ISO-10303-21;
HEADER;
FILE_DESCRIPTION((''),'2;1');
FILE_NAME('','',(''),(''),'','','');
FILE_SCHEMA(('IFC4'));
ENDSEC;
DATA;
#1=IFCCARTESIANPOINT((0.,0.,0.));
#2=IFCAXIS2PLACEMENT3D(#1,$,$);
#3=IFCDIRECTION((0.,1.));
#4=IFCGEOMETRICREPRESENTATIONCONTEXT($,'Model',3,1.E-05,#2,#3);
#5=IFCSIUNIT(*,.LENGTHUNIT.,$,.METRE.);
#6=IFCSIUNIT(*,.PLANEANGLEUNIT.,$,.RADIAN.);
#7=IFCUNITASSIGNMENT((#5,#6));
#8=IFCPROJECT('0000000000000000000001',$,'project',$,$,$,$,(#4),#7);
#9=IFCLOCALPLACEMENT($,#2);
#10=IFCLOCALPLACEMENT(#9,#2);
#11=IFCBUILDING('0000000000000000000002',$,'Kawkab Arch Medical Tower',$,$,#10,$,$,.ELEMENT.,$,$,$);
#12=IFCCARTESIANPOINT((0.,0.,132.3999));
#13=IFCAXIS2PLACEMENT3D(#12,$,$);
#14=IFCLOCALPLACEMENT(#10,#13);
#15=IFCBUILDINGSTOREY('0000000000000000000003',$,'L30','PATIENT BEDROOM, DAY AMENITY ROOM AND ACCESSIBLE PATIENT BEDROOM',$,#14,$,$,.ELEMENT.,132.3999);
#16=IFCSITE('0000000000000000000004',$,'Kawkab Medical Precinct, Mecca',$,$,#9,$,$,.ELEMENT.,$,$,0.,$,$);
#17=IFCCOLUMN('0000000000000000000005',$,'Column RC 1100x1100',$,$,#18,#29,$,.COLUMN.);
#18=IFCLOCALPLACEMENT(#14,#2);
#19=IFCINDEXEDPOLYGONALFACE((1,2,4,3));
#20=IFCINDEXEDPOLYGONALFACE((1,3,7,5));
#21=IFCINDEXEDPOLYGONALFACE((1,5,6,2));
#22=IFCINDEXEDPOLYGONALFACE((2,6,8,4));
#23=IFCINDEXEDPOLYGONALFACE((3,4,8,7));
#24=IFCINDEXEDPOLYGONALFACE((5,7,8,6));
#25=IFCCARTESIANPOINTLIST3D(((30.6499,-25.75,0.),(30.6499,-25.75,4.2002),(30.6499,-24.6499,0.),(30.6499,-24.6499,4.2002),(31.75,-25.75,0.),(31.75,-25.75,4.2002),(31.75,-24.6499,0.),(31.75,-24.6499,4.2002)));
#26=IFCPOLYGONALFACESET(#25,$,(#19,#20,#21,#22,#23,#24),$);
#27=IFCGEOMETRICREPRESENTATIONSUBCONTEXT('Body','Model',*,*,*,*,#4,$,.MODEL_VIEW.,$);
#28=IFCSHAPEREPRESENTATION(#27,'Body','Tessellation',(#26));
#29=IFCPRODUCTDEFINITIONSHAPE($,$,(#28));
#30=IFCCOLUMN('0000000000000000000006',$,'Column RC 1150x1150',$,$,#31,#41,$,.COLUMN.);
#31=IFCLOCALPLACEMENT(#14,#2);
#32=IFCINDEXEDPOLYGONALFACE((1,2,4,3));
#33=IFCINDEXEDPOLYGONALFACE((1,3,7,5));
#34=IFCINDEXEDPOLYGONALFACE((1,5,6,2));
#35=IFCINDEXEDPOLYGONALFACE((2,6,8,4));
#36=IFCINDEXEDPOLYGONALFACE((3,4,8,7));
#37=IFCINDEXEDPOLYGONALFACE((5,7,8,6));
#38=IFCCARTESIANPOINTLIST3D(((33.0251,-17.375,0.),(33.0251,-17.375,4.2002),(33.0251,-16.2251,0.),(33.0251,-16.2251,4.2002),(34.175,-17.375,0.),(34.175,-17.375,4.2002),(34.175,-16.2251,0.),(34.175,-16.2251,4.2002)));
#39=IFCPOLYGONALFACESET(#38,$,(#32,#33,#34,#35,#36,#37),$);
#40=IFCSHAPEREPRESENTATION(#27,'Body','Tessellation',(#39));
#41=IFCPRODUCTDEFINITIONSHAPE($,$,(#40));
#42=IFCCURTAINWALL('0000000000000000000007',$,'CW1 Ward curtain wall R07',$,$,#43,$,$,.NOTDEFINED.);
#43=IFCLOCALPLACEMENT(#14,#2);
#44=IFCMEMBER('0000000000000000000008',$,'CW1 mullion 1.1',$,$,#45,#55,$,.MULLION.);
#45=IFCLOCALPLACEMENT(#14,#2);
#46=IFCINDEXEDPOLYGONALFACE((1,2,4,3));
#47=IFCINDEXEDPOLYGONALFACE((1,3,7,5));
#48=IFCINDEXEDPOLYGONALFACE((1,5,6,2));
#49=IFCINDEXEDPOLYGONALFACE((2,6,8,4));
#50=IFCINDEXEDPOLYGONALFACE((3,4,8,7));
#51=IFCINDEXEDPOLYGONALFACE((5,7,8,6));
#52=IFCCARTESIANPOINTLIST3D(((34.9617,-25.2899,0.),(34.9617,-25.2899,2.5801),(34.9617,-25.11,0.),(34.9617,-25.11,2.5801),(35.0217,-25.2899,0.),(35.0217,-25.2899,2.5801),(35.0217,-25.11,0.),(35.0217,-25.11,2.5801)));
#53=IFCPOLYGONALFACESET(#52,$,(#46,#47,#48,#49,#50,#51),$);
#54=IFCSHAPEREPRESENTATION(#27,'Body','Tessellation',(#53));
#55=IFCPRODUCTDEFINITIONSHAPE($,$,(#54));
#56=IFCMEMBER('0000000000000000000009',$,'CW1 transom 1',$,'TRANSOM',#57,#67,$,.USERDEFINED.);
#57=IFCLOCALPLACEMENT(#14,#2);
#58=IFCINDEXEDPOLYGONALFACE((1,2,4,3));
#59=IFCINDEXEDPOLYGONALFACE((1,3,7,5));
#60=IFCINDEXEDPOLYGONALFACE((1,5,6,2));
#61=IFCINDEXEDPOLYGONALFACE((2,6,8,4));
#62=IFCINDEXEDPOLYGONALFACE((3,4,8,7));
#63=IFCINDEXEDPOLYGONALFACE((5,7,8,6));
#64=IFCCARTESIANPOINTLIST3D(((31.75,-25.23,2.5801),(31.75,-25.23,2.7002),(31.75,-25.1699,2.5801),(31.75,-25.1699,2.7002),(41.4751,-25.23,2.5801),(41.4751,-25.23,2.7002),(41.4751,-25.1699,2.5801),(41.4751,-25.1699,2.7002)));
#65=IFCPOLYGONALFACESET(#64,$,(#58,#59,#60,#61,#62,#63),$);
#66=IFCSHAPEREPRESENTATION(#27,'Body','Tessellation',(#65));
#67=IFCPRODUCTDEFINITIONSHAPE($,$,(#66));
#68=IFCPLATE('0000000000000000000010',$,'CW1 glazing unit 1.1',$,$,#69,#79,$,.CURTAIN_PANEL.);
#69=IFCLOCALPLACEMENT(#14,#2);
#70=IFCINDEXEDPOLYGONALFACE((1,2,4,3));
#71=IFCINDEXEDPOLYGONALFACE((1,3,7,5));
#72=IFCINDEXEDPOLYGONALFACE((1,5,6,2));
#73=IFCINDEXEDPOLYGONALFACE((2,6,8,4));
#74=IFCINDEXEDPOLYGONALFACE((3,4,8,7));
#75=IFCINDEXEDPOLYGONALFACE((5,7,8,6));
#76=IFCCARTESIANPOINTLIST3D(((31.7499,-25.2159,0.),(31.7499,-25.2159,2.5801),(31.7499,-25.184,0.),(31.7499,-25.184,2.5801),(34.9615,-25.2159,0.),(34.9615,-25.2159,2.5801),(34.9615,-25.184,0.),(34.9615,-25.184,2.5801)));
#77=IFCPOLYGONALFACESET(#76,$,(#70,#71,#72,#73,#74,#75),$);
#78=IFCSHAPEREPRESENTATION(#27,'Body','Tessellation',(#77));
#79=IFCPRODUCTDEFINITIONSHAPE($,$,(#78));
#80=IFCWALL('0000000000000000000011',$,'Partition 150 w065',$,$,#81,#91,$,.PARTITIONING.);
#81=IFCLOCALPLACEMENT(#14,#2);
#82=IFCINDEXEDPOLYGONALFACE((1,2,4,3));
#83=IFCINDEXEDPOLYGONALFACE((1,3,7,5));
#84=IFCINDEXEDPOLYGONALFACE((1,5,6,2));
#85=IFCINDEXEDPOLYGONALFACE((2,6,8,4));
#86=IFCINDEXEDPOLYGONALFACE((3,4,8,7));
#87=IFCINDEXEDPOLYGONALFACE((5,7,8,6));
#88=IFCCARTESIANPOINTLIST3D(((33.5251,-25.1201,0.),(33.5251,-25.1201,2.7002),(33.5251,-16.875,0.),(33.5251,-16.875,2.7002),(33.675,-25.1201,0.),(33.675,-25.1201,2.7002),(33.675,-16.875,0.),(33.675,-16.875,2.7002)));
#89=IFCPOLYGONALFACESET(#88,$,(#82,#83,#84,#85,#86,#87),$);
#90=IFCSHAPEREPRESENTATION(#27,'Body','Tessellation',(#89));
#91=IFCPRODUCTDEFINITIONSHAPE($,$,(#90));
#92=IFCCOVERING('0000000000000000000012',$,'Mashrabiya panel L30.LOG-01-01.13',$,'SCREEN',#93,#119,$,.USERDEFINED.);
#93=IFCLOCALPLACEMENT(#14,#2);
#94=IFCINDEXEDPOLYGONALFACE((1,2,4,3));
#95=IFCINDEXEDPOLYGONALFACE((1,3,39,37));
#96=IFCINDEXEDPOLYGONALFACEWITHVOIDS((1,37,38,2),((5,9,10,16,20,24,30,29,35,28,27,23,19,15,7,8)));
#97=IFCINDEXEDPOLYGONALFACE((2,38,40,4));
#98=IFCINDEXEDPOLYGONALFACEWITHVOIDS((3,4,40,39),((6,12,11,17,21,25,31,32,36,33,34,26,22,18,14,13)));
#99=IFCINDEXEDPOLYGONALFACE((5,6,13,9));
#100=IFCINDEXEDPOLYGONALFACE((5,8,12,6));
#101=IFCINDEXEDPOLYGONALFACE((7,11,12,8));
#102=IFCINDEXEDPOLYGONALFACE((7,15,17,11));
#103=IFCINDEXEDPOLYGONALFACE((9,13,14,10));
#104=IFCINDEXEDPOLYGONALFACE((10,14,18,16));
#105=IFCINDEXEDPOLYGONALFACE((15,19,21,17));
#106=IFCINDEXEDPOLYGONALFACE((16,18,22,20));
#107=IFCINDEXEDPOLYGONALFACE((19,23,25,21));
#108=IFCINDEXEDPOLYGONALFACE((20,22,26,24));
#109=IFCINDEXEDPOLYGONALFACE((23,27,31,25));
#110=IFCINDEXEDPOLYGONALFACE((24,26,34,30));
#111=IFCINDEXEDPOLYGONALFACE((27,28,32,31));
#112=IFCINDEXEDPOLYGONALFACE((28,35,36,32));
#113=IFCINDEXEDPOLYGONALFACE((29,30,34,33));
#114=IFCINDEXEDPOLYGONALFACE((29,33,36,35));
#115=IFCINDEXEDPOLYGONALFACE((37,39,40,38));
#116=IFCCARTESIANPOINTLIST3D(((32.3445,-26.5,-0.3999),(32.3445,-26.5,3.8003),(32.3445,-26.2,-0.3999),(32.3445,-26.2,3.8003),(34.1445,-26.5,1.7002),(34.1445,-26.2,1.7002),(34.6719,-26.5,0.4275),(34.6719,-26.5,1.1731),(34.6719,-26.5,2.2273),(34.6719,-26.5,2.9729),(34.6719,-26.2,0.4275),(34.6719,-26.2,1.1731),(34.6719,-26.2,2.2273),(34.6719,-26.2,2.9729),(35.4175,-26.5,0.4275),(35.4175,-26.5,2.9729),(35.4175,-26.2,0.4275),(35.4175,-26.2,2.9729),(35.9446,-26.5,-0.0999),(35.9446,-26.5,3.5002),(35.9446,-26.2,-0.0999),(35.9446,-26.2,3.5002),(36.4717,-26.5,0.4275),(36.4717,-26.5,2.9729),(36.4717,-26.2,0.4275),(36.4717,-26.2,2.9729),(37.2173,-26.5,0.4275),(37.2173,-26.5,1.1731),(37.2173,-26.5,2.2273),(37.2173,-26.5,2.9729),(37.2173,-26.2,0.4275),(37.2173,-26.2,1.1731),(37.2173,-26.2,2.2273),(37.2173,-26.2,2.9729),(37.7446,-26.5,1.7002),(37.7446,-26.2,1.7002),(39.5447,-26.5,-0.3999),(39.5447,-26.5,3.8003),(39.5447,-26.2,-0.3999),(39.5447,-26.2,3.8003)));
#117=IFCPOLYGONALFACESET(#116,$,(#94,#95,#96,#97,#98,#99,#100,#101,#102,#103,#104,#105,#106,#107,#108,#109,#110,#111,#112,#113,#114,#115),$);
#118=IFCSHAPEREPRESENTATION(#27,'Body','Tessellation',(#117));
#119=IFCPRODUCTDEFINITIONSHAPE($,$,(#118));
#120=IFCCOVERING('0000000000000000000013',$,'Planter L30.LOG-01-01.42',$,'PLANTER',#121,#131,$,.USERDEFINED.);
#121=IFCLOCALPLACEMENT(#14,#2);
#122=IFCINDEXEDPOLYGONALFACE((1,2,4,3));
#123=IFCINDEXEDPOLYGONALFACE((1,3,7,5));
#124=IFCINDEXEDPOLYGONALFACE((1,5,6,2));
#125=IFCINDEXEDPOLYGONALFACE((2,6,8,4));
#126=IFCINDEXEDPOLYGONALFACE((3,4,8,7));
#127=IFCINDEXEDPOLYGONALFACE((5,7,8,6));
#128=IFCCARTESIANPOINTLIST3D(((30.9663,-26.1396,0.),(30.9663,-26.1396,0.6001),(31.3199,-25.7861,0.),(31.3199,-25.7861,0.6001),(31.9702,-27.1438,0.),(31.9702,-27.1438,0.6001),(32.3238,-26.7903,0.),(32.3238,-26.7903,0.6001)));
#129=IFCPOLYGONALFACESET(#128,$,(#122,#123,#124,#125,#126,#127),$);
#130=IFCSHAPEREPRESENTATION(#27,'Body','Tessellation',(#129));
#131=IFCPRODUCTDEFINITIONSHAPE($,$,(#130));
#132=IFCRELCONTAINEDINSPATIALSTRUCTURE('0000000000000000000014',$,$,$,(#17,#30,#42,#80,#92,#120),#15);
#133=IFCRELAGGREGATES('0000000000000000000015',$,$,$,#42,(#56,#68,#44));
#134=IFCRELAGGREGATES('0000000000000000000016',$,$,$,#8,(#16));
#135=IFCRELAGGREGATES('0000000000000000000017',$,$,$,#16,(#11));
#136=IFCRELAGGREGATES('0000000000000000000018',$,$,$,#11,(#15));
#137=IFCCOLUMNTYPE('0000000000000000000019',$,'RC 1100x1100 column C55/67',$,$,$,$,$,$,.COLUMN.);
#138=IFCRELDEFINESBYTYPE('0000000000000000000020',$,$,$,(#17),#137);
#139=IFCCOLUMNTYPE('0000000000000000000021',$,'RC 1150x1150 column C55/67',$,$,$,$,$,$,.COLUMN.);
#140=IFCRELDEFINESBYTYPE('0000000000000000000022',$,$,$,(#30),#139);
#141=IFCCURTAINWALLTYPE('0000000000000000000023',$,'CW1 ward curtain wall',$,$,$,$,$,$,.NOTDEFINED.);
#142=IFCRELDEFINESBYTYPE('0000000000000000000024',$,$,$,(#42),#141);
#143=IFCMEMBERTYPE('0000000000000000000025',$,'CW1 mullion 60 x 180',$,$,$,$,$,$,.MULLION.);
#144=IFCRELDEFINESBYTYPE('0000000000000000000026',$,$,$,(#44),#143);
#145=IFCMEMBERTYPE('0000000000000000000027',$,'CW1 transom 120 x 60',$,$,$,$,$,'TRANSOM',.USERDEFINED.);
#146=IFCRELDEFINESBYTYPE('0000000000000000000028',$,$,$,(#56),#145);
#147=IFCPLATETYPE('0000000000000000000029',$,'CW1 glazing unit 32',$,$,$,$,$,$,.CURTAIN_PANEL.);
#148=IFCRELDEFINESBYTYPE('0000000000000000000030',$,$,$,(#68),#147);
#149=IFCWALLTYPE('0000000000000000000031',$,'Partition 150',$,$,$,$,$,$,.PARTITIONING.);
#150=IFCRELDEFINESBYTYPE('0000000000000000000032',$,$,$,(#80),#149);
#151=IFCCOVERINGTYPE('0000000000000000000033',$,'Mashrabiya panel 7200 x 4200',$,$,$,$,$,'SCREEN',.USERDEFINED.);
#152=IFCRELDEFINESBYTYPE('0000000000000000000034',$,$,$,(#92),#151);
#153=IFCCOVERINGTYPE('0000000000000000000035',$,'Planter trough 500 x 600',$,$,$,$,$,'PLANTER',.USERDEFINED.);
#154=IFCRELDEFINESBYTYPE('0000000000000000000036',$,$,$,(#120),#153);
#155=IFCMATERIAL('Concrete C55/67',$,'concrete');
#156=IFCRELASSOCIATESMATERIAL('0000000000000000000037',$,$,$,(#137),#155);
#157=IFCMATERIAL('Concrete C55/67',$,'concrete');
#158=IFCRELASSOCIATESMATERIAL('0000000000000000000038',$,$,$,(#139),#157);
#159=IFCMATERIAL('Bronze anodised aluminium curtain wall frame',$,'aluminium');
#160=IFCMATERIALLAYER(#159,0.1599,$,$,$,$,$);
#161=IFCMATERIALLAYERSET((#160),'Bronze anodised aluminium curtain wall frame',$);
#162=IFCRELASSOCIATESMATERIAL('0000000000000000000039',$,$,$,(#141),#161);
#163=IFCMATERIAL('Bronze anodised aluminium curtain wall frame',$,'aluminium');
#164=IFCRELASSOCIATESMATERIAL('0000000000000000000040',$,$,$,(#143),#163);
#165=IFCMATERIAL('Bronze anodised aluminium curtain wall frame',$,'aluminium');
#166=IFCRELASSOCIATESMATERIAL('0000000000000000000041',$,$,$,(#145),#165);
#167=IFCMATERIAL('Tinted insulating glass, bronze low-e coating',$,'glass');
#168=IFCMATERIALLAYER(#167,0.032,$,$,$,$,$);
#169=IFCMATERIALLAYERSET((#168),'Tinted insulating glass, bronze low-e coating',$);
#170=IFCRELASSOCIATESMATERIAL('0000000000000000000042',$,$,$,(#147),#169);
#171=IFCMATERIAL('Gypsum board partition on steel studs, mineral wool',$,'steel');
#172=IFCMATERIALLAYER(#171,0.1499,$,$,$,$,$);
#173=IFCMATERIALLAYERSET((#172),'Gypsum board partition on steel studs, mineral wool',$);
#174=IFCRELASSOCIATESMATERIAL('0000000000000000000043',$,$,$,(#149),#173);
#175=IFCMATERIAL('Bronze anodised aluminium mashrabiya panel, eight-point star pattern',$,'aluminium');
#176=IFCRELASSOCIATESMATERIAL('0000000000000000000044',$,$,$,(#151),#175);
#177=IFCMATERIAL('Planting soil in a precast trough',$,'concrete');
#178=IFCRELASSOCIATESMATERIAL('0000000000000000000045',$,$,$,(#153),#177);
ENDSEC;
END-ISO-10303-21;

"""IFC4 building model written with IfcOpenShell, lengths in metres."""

from ifc_helpers import new_model, si_unit, direction, frame, frame_2d, origin, origin_2d, place, context, subcontext, project, spatial, polyline, rectangle, outline, extrude, material, layer, layer_set, material_profile, profile_set, type_object, element, aggregate, save


model = new_model("IFC4")

# Units and contexts
model_context = context("Model", 3, precision=1e-05, world=origin(), true_north=direction((0.0, 1.0)))
body_context = subcontext(model_context, "Body", "Model", "MODEL_VIEW")
ifc_project = project(units=[si_unit("LENGTHUNIT", "METRE"), si_unit("PLANEANGLEUNIT", "RADIAN")], contexts=[model_context])

# Site, building, storey
site_placement = place(None, origin())
site = spatial("IfcSite", under=ifc_project, at=site_placement, Name="Kawkab Medical Precinct, Mecca", CompositionType="ELEMENT", RefElevation=0.0)
building_placement = place(site_placement, origin())
building = spatial("IfcBuilding", under=site, at=building_placement, Name="Kawkab Arch Medical Tower", CompositionType="ELEMENT")
storey_placement = place(building_placement, frame((0.0, 0.0, 132.3999)))
storey = spatial("IfcBuildingStorey", under=building, at=storey_placement, Name="L30", Description="PATIENT BEDROOM, DAY AMENITY ROOM AND ACCESSIBLE PATIENT BEDROOM", CompositionType="ELEMENT", Elevation=132.3999)

# Columns
ifc_material_1 = material(Name="Concrete C55/67", Category="concrete")
ifc_material_profile_1 = material_profile(ifc_material_1, rectangle(XDim=1.1001, YDim=1.1001, at=origin_2d()), Name="RC 1100x1100")
ifc_profile_set_1 = profile_set([ifc_material_profile_1], Name="Concrete C55/67")
column_type_1 = type_object("IfcColumnType", Name="RC 1100x1100 column C55/67", PredefinedType="COLUMN", material=ifc_profile_set_1)
column_1_placement = place(storey_placement, frame((31.2, -25.2, 0.0), z_axis=(0.0, 0.0, 1.0), x_axis=(1.0, 0.0, 0.0)))
element("IfcColumn", 1, at=column_1_placement, inside=storey, type_object=column_type_1, Name="Column RC 1100x1100", PredefinedType="COLUMN", context=body_context, shape_type="SweptSolid", body=[
    extrude(rectangle(XDim=1.1001, YDim=1.1001, at=origin_2d()), origin(), (0.0, 0.0, 1.0), 4.2002),
])
ifc_material_2 = material(Name="Concrete C55/67", Category="concrete")
ifc_material_profile_2 = material_profile(ifc_material_2, rectangle(XDim=1.1499, YDim=1.1499, at=origin_2d()), Name="RC 1150x1150")
ifc_profile_set_2 = profile_set([ifc_material_profile_2], Name="Concrete C55/67")
column_type_2 = type_object("IfcColumnType", Name="RC 1150x1150 column C55/67", PredefinedType="COLUMN", material=ifc_profile_set_2)
column_2_placement = place(storey_placement, frame((33.6001, -16.8, 0.0), z_axis=(0.0, 0.0, 1.0), x_axis=(1.0, 0.0, 0.0)))
element("IfcColumn", 2, at=column_2_placement, inside=storey, type_object=column_type_2, Name="Column RC 1150x1150", PredefinedType="COLUMN", context=body_context, shape_type="SweptSolid", body=[
    extrude(rectangle(XDim=1.1499, YDim=1.1499, at=origin_2d()), origin(), (0.0, 0.0, 1.0), 4.2002),
])

# Curtain wall, members, plate
ifc_material_3 = material(Name="Bronze anodised aluminium curtain wall frame", Category="aluminium")
ifc_layer_1 = layer(ifc_material_3, 0.1599)
ifc_layer_set_1 = layer_set([ifc_layer_1], Name="Bronze anodised aluminium curtain wall frame")
curtain_wall_type = type_object("IfcCurtainWallType", Name="CW1 ward curtain wall", PredefinedType="NOTDEFINED", material=ifc_layer_set_1)
curtain_wall_placement = place(storey_placement, origin())
curtain_wall = element("IfcCurtainWall", 3, at=curtain_wall_placement, inside=storey, type_object=curtain_wall_type, Name="CW1 Ward curtain wall R07", PredefinedType="NOTDEFINED")
ifc_material_4 = material(Name="Bronze anodised aluminium curtain wall frame", Category="aluminium")
ifc_material_profile_3 = material_profile(ifc_material_4, rectangle(XDim=0.1799, YDim=0.0601, at=origin_2d()), Name="AL 60x180")
ifc_profile_set_3 = profile_set([ifc_material_profile_3], Name="Bronze anodised aluminium curtain wall frame")
member_type_1 = type_object("IfcMemberType", Name="CW1 mullion 60 x 180", PredefinedType="MULLION", material=ifc_profile_set_3)
member_1_placement = place(storey_placement, frame((34.9917, -25.2, 0.0), z_axis=(0.0, 0.0, 1.0), x_axis=(0.0, 1.0, 0.0)))
member_1 = element("IfcMember", 4, at=member_1_placement, type_object=member_type_1, Name="CW1 mullion 1.1", PredefinedType="MULLION", context=body_context, shape_type="SweptSolid", body=[
    extrude(rectangle(XDim=0.1799, YDim=0.0601, at=origin_2d()), origin(), (0.0, 0.0, 1.0), 2.5801),
])
ifc_material_5 = material(Name="Bronze anodised aluminium curtain wall frame", Category="aluminium")
ifc_material_profile_4 = material_profile(ifc_material_5, rectangle(XDim=0.0601, YDim=0.1201, at=origin_2d()), Name="AL 60x120")
ifc_profile_set_4 = profile_set([ifc_material_profile_4], Name="Bronze anodised aluminium curtain wall frame")
member_type_2 = type_object("IfcMemberType", Name="CW1 transom 120 x 60", ElementType="TRANSOM", PredefinedType="USERDEFINED", material=ifc_profile_set_4)
member_2_placement = place(storey_placement, frame((31.75, -25.2, 2.6401), z_axis=(1.0, 0.0, 0.0), x_axis=(0.0, 1.0, 0.0)))
member_2 = element("IfcMember", 5, at=member_2_placement, type_object=member_type_2, Name="CW1 transom 1", ObjectType="TRANSOM", PredefinedType="USERDEFINED", context=body_context, shape_type="SweptSolid", body=[
    extrude(rectangle(XDim=0.0601, YDim=0.1201, at=origin_2d()), origin(), (0.0, 0.0, 1.0), 9.7251),
])
ifc_material_6 = material(Name="Tinted insulating glass, bronze low-e coating", Category="glass")
ifc_layer_2 = layer(ifc_material_6, 0.032)
ifc_layer_set_2 = layer_set([ifc_layer_2], Name="Tinted insulating glass, bronze low-e coating")
plate_type = type_object("IfcPlateType", Name="CW1 glazing unit 32", PredefinedType="CURTAIN_PANEL", material=ifc_layer_set_2)
plate_placement = place(storey_placement, frame((33.3557, -25.2, 0.0), z_axis=(0.0, 0.0, 1.0), x_axis=(1.0, 0.0, 0.0)))
plate = element("IfcPlate", 6, at=plate_placement, type_object=plate_type, Name="CW1 glazing unit 1.1", PredefinedType="CURTAIN_PANEL", context=body_context, shape_type="SweptSolid", body=[
    extrude(rectangle(XDim=3.2117, YDim=0.032, at=origin_2d()), origin(), (0.0, 0.0, 1.0), 2.5801),
])
aggregate(curtain_wall, [member_2, plate, member_1])

# Wall
ifc_material_7 = material(Name="Gypsum board partition on steel studs, mineral wool", Category="steel")
ifc_layer_3 = layer(ifc_material_7, 0.1499)
ifc_layer_set_3 = layer_set([ifc_layer_3], Name="Gypsum board partition on steel studs, mineral wool")
wall_type = type_object("IfcWallType", Name="Partition 150", PredefinedType="PARTITIONING", material=ifc_layer_set_3)
wall_placement = place(storey_placement, frame((33.6001, -25.1201, 0.0), z_axis=(0.0, 0.0, 1.0), x_axis=(0.0, 1.0, 0.0)))
element("IfcWall", 7, at=wall_placement, inside=storey, type_object=wall_type, Name="Partition 150 w065", PredefinedType="PARTITIONING", context=body_context, shape_type="SweptSolid", body=[
    extrude(rectangle(XDim=8.2451, YDim=0.1499, at=frame_2d((4.1226, 0.0))), origin(), (0.0, 0.0, 1.0), 2.7002),
])

# Coverings
ifc_material_8 = material(Name="Bronze anodised aluminium mashrabiya panel, eight-point star pattern", Category="aluminium")
ifc_material_profile_5 = material_profile(ifc_material_8, outline(polyline([(-3.6001, -2.1001), (3.6001, -2.1001), (3.6001, 2.1001), (-3.6001, 2.1001), (-3.6001, -2.1001)]), holes=[polyline([(1.8, 0.0), (1.2727, 0.5271), (1.2727, 1.2727), (0.5271, 1.2727), (0.0, 1.8), (-0.5271, 1.2727), (-1.2727, 1.2727), (-1.2727, 0.5271), (-1.8, 0.0), (-1.2727, -0.5271), (-1.2727, -1.2727), (-0.5271, -1.2727), (0.0, -1.8), (0.5271, -1.2727), (1.2727, -1.2727), (1.2727, -0.5271), (1.8, 0.0)])]), Name="Mashrabiya panel 7200x4200")
ifc_profile_set_5 = profile_set([ifc_material_profile_5], Name="Bronze anodised aluminium mashrabiya panel, eight-point star pattern")
covering_type_1 = type_object("IfcCoveringType", Name="Mashrabiya panel 7200 x 4200", ElementType="SCREEN", PredefinedType="USERDEFINED", material=ifc_profile_set_5)
covering_1_placement = place(storey_placement, frame((35.9446, -26.2, 1.7002), z_axis=(0.0, -1.0, 0.0), x_axis=(1.0, 0.0, 0.0)))
element("IfcCovering", 8, at=covering_1_placement, inside=storey, type_object=covering_type_1, Name="Mashrabiya panel L30.LOG-01-01.13", ObjectType="SCREEN", PredefinedType="USERDEFINED", context=body_context, shape_type="SweptSolid", body=[
    extrude(outline(polyline([(-3.6001, -2.1001), (3.6001, -2.1001), (3.6001, 2.1001), (-3.6001, 2.1001), (-3.6001, -2.1001)]), holes=[polyline([(1.8, 0.0), (1.2727, 0.5271), (1.2727, 1.2727), (0.5271, 1.2727), (0.0, 1.8), (-0.5271, 1.2727), (-1.2727, 1.2727), (-1.2727, 0.5271), (-1.8, 0.0), (-1.2727, -0.5271), (-1.2727, -1.2727), (-0.5271, -1.2727), (0.0, -1.8), (0.5271, -1.2727), (1.2727, -1.2727), (1.2727, -0.5271), (1.8, 0.0)])]), origin(), (0.0, 0.0, 1.0), 0.3),
])
ifc_material_9 = material(Name="Planting soil in a precast trough", Category="concrete")
ifc_material_profile_6 = material_profile(ifc_material_9, rectangle(XDim=0.5, YDim=0.6001, at=origin_2d()), Name="Trough 500x600")
ifc_profile_set_6 = profile_set([ifc_material_profile_6], Name="Planting soil in a precast trough")
covering_type_2 = type_object("IfcCoveringType", Name="Planter trough 500 x 600", ElementType="PLANTER", PredefinedType="USERDEFINED", material=ifc_profile_set_6)
covering_2_placement = place(storey_placement, frame((31.1431, -25.9629, 0.3), z_axis=(0.707021, -0.707193, 0.0), x_axis=(0.707193, 0.707021, 0.0)))
element("IfcCovering", 9, at=covering_2_placement, inside=storey, type_object=covering_type_2, Name="Planter L30.LOG-01-01.42", ObjectType="PLANTER", PredefinedType="USERDEFINED", context=body_context, shape_type="SweptSolid", body=[
    extrude(rectangle(XDim=0.5, YDim=0.6001, at=origin_2d()), origin(), (0.0, 0.0, 1.0), 1.4199),
])

save(model, "model.ifc")
